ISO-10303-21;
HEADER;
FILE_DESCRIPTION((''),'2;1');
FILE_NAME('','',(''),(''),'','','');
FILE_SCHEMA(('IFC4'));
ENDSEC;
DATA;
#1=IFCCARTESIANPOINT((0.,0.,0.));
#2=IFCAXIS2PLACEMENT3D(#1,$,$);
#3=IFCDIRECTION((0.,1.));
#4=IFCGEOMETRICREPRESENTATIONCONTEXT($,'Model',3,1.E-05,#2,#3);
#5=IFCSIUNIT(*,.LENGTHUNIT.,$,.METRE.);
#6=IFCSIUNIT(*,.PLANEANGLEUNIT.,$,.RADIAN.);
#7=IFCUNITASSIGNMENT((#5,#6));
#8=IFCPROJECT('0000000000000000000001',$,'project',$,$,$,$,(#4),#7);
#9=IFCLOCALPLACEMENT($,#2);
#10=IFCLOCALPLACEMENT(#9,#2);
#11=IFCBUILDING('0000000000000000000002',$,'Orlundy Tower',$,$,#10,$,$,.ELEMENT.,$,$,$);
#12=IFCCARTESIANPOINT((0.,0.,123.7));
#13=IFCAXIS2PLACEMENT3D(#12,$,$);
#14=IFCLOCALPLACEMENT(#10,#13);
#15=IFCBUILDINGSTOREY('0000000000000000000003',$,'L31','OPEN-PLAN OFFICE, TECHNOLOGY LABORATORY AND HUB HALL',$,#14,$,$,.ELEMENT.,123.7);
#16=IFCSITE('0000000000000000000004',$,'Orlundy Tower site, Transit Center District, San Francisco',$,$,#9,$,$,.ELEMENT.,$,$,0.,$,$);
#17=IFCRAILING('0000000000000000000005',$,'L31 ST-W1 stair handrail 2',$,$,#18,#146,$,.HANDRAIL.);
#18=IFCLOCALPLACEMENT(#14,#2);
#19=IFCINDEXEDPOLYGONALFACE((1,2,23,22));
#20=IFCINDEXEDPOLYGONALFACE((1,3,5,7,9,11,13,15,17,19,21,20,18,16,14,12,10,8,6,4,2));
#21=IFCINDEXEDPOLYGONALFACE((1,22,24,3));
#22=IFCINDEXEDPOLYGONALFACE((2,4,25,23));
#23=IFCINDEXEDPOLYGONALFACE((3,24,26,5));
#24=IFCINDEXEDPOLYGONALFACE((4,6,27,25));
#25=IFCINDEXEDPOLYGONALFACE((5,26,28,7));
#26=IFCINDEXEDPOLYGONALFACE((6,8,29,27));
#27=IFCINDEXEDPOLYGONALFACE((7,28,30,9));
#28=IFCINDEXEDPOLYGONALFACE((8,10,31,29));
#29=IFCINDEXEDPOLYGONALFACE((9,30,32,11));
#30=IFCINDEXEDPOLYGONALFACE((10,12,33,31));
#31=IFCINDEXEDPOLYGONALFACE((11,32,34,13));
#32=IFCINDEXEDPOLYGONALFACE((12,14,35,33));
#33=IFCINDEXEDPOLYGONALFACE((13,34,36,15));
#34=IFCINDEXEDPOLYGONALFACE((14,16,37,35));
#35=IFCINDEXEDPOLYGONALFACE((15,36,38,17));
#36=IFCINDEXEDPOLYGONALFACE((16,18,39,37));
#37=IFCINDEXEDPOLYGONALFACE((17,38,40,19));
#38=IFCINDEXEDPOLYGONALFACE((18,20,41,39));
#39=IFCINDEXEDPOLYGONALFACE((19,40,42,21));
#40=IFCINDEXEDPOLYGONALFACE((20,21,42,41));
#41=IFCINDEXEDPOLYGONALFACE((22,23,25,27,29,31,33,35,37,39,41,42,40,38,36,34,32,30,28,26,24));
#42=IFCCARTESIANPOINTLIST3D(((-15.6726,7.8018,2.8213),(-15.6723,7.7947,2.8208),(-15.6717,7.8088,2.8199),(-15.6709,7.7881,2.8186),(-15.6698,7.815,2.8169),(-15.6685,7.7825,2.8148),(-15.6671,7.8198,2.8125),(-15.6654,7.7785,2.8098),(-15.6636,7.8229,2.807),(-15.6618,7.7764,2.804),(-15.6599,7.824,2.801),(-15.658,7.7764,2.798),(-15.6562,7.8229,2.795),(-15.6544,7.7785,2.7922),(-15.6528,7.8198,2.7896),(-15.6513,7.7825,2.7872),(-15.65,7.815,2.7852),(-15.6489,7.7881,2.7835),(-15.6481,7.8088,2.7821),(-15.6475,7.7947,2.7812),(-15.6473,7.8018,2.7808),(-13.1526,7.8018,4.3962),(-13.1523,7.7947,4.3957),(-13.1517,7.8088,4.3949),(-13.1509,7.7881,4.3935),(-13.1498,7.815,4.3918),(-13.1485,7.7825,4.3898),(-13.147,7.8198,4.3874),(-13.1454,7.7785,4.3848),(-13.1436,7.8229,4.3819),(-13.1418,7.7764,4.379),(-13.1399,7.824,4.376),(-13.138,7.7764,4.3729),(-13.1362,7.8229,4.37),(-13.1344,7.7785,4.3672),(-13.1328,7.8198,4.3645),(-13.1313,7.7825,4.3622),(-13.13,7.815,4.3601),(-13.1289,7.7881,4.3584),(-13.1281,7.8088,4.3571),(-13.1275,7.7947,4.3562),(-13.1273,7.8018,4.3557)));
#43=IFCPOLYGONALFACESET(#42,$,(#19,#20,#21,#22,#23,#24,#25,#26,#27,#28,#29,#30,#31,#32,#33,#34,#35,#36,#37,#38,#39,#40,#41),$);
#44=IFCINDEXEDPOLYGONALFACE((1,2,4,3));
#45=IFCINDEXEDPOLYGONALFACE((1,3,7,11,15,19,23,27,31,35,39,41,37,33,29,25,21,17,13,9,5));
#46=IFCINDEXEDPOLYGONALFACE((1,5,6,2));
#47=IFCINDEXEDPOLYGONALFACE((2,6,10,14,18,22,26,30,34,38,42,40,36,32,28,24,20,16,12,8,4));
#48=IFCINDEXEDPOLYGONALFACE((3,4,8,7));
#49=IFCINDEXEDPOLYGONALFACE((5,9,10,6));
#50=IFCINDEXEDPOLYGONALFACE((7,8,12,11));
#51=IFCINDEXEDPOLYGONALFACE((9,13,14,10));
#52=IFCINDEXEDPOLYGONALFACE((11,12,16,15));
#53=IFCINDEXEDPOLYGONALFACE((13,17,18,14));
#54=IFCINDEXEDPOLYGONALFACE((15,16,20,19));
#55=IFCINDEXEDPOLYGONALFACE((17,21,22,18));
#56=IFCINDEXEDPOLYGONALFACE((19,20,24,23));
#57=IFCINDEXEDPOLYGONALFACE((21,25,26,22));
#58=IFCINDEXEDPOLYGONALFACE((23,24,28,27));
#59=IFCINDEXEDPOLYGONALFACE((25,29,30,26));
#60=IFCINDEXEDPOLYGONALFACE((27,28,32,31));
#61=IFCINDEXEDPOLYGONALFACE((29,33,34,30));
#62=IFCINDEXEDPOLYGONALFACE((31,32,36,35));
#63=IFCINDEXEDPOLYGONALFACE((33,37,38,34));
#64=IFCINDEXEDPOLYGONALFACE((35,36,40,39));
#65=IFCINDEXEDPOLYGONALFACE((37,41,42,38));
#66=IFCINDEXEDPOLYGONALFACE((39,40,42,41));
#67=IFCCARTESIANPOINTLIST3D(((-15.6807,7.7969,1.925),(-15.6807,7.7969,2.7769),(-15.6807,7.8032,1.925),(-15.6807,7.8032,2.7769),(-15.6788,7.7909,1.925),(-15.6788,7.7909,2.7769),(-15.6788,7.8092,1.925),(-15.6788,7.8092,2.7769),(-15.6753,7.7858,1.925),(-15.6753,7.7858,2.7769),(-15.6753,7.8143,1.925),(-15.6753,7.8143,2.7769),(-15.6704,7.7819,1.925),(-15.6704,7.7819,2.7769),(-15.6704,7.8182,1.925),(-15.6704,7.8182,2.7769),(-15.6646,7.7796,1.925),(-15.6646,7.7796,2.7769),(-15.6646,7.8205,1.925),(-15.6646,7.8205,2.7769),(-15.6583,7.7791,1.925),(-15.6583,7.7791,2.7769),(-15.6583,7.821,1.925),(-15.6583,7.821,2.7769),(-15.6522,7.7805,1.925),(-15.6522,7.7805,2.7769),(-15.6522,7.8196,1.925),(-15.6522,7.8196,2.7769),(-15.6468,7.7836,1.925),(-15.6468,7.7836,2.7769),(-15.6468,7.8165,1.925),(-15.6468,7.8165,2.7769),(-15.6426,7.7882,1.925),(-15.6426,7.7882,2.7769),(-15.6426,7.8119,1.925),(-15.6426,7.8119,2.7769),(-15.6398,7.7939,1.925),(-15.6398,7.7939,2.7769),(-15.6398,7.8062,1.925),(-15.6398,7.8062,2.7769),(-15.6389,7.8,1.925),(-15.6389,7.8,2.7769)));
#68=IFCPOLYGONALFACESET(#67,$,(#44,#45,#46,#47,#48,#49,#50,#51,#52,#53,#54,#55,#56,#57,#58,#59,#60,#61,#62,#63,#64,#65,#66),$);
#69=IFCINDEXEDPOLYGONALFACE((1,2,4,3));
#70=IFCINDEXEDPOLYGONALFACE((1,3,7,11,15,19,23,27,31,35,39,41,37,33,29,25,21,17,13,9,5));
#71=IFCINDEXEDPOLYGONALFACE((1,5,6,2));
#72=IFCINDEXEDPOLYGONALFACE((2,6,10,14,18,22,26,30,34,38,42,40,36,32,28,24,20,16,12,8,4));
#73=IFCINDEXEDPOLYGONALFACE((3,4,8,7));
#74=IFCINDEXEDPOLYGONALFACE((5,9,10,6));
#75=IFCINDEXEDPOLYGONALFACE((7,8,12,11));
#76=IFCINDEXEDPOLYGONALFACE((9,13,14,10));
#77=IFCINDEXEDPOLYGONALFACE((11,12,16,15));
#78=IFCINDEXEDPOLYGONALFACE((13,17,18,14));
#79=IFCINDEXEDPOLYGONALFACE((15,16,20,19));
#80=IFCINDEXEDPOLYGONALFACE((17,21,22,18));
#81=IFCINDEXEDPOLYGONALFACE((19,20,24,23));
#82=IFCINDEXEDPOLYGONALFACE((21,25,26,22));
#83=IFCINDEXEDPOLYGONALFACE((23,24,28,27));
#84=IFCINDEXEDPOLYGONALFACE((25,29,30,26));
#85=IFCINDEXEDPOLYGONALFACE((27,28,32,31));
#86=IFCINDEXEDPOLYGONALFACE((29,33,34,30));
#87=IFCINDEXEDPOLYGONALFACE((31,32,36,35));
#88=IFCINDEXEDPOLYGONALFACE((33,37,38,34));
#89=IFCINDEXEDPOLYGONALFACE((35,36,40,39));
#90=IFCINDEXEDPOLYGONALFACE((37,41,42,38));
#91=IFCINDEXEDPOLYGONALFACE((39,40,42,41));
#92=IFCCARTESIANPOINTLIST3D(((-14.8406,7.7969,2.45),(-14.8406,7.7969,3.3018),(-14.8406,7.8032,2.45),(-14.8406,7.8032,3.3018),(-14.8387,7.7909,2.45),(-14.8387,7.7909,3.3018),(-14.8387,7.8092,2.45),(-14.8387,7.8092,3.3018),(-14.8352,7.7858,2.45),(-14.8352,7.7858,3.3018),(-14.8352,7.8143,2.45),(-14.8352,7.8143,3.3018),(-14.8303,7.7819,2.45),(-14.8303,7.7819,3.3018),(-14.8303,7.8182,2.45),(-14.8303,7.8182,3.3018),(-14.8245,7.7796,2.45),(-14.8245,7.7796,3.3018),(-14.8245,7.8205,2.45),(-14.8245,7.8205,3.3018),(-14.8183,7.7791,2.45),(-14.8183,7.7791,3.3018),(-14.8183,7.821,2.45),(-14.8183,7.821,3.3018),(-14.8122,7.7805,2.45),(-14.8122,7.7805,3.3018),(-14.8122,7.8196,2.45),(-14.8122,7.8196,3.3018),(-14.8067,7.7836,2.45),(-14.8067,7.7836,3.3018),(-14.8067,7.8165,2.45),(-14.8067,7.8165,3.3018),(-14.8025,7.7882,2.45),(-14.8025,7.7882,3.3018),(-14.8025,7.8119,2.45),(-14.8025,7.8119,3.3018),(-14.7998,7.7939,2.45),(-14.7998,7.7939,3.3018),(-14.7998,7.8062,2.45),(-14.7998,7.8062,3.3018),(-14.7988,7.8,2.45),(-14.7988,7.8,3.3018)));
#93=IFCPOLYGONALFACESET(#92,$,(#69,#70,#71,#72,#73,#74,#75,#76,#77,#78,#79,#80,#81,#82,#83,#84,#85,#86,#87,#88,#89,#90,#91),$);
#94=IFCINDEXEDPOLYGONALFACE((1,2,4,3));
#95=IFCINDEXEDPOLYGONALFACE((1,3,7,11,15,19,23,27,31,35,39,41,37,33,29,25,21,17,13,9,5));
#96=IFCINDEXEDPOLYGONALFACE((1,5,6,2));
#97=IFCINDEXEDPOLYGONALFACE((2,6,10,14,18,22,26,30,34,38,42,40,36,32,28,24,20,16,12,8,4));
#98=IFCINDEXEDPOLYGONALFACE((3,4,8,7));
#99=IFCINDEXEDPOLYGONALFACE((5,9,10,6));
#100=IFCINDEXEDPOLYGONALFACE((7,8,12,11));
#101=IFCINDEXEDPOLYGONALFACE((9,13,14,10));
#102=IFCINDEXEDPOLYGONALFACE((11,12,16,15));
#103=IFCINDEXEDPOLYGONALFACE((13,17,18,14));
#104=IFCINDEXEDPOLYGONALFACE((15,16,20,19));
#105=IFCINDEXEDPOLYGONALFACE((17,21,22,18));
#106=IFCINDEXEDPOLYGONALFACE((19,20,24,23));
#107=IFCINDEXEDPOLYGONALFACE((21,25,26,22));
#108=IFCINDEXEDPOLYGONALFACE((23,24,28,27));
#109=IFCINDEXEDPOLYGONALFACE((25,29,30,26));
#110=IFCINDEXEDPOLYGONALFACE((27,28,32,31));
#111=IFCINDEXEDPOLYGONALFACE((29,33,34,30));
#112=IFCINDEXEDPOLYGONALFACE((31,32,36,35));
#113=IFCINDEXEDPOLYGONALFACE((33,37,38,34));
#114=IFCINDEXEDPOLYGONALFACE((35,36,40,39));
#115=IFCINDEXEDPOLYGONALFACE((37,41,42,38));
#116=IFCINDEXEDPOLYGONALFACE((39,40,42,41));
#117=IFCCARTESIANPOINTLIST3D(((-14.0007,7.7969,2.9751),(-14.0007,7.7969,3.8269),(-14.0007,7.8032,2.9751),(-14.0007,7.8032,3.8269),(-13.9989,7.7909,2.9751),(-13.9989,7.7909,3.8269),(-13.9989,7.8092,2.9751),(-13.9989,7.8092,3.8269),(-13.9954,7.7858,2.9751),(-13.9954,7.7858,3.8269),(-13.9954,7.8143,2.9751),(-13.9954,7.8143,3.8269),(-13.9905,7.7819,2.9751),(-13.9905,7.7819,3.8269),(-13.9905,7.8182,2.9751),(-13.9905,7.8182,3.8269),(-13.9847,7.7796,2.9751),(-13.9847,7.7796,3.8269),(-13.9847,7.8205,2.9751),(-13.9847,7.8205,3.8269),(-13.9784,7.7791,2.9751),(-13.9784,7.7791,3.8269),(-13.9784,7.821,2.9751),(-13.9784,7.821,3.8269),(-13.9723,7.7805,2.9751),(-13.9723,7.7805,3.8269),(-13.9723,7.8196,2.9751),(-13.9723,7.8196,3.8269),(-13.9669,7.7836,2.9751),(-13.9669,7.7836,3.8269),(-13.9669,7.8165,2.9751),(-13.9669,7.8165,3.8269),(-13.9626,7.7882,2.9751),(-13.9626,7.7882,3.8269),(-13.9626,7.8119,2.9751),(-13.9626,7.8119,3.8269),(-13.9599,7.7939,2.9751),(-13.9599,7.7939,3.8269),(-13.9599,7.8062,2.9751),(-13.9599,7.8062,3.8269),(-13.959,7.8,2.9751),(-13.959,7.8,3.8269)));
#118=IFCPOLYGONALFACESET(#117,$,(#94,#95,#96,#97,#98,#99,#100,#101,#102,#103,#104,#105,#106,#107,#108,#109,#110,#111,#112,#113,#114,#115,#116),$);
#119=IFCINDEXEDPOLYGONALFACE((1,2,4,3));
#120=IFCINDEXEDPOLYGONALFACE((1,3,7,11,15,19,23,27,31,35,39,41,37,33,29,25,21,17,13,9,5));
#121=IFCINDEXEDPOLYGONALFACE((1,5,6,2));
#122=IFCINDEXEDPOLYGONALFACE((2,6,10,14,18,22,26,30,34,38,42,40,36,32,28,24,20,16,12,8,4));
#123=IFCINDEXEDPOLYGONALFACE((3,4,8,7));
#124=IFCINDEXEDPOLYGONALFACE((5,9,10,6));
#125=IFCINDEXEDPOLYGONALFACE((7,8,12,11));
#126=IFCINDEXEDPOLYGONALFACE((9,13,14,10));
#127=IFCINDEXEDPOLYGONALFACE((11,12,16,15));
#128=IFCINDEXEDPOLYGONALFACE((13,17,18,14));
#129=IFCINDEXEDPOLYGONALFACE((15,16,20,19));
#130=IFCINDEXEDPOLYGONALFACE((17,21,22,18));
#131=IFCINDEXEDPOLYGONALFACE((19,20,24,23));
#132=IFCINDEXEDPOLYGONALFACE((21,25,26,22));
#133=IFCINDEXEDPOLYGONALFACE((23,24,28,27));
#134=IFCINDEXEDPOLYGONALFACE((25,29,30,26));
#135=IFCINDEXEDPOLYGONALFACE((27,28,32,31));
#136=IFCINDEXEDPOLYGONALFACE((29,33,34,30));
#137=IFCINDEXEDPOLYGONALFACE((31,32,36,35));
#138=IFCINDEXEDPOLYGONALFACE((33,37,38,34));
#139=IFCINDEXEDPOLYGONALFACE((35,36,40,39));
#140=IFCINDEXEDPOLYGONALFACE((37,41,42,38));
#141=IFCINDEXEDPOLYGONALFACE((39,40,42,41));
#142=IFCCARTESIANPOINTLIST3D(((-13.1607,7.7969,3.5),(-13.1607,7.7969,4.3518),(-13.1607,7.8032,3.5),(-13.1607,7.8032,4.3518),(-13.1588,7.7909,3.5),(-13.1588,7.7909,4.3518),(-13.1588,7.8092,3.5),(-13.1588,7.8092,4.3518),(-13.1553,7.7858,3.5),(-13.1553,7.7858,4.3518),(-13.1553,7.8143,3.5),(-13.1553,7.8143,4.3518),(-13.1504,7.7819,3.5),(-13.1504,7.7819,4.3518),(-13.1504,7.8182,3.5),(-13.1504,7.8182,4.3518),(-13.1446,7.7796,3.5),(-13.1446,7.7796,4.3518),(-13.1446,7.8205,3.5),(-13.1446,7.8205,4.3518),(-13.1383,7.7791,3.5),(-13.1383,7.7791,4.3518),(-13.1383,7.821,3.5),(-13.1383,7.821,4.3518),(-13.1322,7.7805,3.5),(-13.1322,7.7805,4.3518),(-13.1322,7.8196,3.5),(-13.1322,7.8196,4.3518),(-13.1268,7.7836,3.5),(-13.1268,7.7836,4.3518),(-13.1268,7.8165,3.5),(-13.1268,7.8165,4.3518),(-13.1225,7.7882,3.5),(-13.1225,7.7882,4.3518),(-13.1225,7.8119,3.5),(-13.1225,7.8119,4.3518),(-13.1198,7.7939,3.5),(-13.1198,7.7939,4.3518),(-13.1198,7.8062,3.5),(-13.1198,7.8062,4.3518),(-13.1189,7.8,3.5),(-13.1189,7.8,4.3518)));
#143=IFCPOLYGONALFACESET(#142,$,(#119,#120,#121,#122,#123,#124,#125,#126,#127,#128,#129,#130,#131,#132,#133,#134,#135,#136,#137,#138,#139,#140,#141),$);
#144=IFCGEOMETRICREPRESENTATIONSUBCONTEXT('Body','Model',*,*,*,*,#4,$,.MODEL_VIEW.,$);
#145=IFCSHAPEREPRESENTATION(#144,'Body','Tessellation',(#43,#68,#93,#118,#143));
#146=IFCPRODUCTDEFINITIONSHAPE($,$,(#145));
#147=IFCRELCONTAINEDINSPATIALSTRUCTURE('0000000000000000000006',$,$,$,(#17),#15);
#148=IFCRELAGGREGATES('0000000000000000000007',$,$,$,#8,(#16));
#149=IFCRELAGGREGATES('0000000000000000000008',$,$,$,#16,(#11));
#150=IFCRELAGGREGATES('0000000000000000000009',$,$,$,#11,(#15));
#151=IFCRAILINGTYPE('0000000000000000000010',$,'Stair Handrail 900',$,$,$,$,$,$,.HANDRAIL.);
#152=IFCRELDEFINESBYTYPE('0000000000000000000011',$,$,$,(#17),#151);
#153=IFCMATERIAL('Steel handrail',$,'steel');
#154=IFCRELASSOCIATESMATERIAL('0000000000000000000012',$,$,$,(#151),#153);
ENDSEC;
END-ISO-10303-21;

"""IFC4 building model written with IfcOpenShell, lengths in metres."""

from ifc_helpers import new_model, si_unit, direction, frame, origin, origin_2d, place, context, subcontext, project, spatial, circle, extrude, material, type_object, element, save


model = new_model("IFC4")

# Units and contexts
model_context = context("Model", 3, precision=1e-05, world=origin(), true_north=direction((0.0, 1.0)))
body_context = subcontext(model_context, "Body", "Model", "MODEL_VIEW")
ifc_project = project(units=[si_unit("LENGTHUNIT", "METRE"), si_unit("PLANEANGLEUNIT", "RADIAN")], contexts=[model_context])

# Site, building, storey
site_placement = place(None, origin())
site = spatial("IfcSite", under=ifc_project, at=site_placement, Name="Orlundy Tower site, Transit Center District, San Francisco", CompositionType="ELEMENT", RefElevation=0.0)
building_placement = place(site_placement, origin())
building = spatial("IfcBuilding", under=site, at=building_placement, Name="Orlundy Tower", CompositionType="ELEMENT")
storey_placement = place(building_placement, frame((0.0, 0.0, 123.7)))
storey = spatial("IfcBuildingStorey", under=building, at=storey_placement, Name="L31", Description="OPEN-PLAN OFFICE, TECHNOLOGY LABORATORY AND HUB HALL", CompositionType="ELEMENT", Elevation=123.7)

# Railing
ifc_material_1 = material(Name="Steel handrail", Category="steel")
railing_type_1 = type_object("IfcRailingType", Name="Stair Handrail 900", PredefinedType="HANDRAIL", material=ifc_material_1)
railing_1_placement = place(storey_placement, frame((-15.6599, 7.8, 1.925)))
element("IfcRailing", 1, at=railing_1_placement, inside=storey, type_object=railing_type_1, Name="L31 ST-W1 stair handrail 2", PredefinedType="HANDRAIL", context=body_context, shape_type="SweptSolid", body=[
    extrude(circle(Radius=0.0239, at=origin_2d()), frame((0.0, 0.0, 0.876), z_axis=(0.848008, 0.0, 0.529984), x_axis=(0.0, 1.0, 0.0)), (0.0, 0.0, 1.0), 2.9717),
    extrude(circle(Radius=0.021, at=origin_2d()), origin(), (0.0, 0.0, 1.0), 0.8518),
    extrude(circle(Radius=0.021, at=origin_2d()), frame((0.8401, 0.0, 0.5249)), (0.0, 0.0, 1.0), 0.8518),
    extrude(circle(Radius=0.021, at=origin_2d()), frame((1.6799, 0.0, 1.05)), (0.0, 0.0, 1.0), 0.8518),
    extrude(circle(Radius=0.021, at=origin_2d()), frame((2.52, 0.0, 1.575)), (0.0, 0.0, 1.0), 0.8518),
])

save(model, "model.ifc")
